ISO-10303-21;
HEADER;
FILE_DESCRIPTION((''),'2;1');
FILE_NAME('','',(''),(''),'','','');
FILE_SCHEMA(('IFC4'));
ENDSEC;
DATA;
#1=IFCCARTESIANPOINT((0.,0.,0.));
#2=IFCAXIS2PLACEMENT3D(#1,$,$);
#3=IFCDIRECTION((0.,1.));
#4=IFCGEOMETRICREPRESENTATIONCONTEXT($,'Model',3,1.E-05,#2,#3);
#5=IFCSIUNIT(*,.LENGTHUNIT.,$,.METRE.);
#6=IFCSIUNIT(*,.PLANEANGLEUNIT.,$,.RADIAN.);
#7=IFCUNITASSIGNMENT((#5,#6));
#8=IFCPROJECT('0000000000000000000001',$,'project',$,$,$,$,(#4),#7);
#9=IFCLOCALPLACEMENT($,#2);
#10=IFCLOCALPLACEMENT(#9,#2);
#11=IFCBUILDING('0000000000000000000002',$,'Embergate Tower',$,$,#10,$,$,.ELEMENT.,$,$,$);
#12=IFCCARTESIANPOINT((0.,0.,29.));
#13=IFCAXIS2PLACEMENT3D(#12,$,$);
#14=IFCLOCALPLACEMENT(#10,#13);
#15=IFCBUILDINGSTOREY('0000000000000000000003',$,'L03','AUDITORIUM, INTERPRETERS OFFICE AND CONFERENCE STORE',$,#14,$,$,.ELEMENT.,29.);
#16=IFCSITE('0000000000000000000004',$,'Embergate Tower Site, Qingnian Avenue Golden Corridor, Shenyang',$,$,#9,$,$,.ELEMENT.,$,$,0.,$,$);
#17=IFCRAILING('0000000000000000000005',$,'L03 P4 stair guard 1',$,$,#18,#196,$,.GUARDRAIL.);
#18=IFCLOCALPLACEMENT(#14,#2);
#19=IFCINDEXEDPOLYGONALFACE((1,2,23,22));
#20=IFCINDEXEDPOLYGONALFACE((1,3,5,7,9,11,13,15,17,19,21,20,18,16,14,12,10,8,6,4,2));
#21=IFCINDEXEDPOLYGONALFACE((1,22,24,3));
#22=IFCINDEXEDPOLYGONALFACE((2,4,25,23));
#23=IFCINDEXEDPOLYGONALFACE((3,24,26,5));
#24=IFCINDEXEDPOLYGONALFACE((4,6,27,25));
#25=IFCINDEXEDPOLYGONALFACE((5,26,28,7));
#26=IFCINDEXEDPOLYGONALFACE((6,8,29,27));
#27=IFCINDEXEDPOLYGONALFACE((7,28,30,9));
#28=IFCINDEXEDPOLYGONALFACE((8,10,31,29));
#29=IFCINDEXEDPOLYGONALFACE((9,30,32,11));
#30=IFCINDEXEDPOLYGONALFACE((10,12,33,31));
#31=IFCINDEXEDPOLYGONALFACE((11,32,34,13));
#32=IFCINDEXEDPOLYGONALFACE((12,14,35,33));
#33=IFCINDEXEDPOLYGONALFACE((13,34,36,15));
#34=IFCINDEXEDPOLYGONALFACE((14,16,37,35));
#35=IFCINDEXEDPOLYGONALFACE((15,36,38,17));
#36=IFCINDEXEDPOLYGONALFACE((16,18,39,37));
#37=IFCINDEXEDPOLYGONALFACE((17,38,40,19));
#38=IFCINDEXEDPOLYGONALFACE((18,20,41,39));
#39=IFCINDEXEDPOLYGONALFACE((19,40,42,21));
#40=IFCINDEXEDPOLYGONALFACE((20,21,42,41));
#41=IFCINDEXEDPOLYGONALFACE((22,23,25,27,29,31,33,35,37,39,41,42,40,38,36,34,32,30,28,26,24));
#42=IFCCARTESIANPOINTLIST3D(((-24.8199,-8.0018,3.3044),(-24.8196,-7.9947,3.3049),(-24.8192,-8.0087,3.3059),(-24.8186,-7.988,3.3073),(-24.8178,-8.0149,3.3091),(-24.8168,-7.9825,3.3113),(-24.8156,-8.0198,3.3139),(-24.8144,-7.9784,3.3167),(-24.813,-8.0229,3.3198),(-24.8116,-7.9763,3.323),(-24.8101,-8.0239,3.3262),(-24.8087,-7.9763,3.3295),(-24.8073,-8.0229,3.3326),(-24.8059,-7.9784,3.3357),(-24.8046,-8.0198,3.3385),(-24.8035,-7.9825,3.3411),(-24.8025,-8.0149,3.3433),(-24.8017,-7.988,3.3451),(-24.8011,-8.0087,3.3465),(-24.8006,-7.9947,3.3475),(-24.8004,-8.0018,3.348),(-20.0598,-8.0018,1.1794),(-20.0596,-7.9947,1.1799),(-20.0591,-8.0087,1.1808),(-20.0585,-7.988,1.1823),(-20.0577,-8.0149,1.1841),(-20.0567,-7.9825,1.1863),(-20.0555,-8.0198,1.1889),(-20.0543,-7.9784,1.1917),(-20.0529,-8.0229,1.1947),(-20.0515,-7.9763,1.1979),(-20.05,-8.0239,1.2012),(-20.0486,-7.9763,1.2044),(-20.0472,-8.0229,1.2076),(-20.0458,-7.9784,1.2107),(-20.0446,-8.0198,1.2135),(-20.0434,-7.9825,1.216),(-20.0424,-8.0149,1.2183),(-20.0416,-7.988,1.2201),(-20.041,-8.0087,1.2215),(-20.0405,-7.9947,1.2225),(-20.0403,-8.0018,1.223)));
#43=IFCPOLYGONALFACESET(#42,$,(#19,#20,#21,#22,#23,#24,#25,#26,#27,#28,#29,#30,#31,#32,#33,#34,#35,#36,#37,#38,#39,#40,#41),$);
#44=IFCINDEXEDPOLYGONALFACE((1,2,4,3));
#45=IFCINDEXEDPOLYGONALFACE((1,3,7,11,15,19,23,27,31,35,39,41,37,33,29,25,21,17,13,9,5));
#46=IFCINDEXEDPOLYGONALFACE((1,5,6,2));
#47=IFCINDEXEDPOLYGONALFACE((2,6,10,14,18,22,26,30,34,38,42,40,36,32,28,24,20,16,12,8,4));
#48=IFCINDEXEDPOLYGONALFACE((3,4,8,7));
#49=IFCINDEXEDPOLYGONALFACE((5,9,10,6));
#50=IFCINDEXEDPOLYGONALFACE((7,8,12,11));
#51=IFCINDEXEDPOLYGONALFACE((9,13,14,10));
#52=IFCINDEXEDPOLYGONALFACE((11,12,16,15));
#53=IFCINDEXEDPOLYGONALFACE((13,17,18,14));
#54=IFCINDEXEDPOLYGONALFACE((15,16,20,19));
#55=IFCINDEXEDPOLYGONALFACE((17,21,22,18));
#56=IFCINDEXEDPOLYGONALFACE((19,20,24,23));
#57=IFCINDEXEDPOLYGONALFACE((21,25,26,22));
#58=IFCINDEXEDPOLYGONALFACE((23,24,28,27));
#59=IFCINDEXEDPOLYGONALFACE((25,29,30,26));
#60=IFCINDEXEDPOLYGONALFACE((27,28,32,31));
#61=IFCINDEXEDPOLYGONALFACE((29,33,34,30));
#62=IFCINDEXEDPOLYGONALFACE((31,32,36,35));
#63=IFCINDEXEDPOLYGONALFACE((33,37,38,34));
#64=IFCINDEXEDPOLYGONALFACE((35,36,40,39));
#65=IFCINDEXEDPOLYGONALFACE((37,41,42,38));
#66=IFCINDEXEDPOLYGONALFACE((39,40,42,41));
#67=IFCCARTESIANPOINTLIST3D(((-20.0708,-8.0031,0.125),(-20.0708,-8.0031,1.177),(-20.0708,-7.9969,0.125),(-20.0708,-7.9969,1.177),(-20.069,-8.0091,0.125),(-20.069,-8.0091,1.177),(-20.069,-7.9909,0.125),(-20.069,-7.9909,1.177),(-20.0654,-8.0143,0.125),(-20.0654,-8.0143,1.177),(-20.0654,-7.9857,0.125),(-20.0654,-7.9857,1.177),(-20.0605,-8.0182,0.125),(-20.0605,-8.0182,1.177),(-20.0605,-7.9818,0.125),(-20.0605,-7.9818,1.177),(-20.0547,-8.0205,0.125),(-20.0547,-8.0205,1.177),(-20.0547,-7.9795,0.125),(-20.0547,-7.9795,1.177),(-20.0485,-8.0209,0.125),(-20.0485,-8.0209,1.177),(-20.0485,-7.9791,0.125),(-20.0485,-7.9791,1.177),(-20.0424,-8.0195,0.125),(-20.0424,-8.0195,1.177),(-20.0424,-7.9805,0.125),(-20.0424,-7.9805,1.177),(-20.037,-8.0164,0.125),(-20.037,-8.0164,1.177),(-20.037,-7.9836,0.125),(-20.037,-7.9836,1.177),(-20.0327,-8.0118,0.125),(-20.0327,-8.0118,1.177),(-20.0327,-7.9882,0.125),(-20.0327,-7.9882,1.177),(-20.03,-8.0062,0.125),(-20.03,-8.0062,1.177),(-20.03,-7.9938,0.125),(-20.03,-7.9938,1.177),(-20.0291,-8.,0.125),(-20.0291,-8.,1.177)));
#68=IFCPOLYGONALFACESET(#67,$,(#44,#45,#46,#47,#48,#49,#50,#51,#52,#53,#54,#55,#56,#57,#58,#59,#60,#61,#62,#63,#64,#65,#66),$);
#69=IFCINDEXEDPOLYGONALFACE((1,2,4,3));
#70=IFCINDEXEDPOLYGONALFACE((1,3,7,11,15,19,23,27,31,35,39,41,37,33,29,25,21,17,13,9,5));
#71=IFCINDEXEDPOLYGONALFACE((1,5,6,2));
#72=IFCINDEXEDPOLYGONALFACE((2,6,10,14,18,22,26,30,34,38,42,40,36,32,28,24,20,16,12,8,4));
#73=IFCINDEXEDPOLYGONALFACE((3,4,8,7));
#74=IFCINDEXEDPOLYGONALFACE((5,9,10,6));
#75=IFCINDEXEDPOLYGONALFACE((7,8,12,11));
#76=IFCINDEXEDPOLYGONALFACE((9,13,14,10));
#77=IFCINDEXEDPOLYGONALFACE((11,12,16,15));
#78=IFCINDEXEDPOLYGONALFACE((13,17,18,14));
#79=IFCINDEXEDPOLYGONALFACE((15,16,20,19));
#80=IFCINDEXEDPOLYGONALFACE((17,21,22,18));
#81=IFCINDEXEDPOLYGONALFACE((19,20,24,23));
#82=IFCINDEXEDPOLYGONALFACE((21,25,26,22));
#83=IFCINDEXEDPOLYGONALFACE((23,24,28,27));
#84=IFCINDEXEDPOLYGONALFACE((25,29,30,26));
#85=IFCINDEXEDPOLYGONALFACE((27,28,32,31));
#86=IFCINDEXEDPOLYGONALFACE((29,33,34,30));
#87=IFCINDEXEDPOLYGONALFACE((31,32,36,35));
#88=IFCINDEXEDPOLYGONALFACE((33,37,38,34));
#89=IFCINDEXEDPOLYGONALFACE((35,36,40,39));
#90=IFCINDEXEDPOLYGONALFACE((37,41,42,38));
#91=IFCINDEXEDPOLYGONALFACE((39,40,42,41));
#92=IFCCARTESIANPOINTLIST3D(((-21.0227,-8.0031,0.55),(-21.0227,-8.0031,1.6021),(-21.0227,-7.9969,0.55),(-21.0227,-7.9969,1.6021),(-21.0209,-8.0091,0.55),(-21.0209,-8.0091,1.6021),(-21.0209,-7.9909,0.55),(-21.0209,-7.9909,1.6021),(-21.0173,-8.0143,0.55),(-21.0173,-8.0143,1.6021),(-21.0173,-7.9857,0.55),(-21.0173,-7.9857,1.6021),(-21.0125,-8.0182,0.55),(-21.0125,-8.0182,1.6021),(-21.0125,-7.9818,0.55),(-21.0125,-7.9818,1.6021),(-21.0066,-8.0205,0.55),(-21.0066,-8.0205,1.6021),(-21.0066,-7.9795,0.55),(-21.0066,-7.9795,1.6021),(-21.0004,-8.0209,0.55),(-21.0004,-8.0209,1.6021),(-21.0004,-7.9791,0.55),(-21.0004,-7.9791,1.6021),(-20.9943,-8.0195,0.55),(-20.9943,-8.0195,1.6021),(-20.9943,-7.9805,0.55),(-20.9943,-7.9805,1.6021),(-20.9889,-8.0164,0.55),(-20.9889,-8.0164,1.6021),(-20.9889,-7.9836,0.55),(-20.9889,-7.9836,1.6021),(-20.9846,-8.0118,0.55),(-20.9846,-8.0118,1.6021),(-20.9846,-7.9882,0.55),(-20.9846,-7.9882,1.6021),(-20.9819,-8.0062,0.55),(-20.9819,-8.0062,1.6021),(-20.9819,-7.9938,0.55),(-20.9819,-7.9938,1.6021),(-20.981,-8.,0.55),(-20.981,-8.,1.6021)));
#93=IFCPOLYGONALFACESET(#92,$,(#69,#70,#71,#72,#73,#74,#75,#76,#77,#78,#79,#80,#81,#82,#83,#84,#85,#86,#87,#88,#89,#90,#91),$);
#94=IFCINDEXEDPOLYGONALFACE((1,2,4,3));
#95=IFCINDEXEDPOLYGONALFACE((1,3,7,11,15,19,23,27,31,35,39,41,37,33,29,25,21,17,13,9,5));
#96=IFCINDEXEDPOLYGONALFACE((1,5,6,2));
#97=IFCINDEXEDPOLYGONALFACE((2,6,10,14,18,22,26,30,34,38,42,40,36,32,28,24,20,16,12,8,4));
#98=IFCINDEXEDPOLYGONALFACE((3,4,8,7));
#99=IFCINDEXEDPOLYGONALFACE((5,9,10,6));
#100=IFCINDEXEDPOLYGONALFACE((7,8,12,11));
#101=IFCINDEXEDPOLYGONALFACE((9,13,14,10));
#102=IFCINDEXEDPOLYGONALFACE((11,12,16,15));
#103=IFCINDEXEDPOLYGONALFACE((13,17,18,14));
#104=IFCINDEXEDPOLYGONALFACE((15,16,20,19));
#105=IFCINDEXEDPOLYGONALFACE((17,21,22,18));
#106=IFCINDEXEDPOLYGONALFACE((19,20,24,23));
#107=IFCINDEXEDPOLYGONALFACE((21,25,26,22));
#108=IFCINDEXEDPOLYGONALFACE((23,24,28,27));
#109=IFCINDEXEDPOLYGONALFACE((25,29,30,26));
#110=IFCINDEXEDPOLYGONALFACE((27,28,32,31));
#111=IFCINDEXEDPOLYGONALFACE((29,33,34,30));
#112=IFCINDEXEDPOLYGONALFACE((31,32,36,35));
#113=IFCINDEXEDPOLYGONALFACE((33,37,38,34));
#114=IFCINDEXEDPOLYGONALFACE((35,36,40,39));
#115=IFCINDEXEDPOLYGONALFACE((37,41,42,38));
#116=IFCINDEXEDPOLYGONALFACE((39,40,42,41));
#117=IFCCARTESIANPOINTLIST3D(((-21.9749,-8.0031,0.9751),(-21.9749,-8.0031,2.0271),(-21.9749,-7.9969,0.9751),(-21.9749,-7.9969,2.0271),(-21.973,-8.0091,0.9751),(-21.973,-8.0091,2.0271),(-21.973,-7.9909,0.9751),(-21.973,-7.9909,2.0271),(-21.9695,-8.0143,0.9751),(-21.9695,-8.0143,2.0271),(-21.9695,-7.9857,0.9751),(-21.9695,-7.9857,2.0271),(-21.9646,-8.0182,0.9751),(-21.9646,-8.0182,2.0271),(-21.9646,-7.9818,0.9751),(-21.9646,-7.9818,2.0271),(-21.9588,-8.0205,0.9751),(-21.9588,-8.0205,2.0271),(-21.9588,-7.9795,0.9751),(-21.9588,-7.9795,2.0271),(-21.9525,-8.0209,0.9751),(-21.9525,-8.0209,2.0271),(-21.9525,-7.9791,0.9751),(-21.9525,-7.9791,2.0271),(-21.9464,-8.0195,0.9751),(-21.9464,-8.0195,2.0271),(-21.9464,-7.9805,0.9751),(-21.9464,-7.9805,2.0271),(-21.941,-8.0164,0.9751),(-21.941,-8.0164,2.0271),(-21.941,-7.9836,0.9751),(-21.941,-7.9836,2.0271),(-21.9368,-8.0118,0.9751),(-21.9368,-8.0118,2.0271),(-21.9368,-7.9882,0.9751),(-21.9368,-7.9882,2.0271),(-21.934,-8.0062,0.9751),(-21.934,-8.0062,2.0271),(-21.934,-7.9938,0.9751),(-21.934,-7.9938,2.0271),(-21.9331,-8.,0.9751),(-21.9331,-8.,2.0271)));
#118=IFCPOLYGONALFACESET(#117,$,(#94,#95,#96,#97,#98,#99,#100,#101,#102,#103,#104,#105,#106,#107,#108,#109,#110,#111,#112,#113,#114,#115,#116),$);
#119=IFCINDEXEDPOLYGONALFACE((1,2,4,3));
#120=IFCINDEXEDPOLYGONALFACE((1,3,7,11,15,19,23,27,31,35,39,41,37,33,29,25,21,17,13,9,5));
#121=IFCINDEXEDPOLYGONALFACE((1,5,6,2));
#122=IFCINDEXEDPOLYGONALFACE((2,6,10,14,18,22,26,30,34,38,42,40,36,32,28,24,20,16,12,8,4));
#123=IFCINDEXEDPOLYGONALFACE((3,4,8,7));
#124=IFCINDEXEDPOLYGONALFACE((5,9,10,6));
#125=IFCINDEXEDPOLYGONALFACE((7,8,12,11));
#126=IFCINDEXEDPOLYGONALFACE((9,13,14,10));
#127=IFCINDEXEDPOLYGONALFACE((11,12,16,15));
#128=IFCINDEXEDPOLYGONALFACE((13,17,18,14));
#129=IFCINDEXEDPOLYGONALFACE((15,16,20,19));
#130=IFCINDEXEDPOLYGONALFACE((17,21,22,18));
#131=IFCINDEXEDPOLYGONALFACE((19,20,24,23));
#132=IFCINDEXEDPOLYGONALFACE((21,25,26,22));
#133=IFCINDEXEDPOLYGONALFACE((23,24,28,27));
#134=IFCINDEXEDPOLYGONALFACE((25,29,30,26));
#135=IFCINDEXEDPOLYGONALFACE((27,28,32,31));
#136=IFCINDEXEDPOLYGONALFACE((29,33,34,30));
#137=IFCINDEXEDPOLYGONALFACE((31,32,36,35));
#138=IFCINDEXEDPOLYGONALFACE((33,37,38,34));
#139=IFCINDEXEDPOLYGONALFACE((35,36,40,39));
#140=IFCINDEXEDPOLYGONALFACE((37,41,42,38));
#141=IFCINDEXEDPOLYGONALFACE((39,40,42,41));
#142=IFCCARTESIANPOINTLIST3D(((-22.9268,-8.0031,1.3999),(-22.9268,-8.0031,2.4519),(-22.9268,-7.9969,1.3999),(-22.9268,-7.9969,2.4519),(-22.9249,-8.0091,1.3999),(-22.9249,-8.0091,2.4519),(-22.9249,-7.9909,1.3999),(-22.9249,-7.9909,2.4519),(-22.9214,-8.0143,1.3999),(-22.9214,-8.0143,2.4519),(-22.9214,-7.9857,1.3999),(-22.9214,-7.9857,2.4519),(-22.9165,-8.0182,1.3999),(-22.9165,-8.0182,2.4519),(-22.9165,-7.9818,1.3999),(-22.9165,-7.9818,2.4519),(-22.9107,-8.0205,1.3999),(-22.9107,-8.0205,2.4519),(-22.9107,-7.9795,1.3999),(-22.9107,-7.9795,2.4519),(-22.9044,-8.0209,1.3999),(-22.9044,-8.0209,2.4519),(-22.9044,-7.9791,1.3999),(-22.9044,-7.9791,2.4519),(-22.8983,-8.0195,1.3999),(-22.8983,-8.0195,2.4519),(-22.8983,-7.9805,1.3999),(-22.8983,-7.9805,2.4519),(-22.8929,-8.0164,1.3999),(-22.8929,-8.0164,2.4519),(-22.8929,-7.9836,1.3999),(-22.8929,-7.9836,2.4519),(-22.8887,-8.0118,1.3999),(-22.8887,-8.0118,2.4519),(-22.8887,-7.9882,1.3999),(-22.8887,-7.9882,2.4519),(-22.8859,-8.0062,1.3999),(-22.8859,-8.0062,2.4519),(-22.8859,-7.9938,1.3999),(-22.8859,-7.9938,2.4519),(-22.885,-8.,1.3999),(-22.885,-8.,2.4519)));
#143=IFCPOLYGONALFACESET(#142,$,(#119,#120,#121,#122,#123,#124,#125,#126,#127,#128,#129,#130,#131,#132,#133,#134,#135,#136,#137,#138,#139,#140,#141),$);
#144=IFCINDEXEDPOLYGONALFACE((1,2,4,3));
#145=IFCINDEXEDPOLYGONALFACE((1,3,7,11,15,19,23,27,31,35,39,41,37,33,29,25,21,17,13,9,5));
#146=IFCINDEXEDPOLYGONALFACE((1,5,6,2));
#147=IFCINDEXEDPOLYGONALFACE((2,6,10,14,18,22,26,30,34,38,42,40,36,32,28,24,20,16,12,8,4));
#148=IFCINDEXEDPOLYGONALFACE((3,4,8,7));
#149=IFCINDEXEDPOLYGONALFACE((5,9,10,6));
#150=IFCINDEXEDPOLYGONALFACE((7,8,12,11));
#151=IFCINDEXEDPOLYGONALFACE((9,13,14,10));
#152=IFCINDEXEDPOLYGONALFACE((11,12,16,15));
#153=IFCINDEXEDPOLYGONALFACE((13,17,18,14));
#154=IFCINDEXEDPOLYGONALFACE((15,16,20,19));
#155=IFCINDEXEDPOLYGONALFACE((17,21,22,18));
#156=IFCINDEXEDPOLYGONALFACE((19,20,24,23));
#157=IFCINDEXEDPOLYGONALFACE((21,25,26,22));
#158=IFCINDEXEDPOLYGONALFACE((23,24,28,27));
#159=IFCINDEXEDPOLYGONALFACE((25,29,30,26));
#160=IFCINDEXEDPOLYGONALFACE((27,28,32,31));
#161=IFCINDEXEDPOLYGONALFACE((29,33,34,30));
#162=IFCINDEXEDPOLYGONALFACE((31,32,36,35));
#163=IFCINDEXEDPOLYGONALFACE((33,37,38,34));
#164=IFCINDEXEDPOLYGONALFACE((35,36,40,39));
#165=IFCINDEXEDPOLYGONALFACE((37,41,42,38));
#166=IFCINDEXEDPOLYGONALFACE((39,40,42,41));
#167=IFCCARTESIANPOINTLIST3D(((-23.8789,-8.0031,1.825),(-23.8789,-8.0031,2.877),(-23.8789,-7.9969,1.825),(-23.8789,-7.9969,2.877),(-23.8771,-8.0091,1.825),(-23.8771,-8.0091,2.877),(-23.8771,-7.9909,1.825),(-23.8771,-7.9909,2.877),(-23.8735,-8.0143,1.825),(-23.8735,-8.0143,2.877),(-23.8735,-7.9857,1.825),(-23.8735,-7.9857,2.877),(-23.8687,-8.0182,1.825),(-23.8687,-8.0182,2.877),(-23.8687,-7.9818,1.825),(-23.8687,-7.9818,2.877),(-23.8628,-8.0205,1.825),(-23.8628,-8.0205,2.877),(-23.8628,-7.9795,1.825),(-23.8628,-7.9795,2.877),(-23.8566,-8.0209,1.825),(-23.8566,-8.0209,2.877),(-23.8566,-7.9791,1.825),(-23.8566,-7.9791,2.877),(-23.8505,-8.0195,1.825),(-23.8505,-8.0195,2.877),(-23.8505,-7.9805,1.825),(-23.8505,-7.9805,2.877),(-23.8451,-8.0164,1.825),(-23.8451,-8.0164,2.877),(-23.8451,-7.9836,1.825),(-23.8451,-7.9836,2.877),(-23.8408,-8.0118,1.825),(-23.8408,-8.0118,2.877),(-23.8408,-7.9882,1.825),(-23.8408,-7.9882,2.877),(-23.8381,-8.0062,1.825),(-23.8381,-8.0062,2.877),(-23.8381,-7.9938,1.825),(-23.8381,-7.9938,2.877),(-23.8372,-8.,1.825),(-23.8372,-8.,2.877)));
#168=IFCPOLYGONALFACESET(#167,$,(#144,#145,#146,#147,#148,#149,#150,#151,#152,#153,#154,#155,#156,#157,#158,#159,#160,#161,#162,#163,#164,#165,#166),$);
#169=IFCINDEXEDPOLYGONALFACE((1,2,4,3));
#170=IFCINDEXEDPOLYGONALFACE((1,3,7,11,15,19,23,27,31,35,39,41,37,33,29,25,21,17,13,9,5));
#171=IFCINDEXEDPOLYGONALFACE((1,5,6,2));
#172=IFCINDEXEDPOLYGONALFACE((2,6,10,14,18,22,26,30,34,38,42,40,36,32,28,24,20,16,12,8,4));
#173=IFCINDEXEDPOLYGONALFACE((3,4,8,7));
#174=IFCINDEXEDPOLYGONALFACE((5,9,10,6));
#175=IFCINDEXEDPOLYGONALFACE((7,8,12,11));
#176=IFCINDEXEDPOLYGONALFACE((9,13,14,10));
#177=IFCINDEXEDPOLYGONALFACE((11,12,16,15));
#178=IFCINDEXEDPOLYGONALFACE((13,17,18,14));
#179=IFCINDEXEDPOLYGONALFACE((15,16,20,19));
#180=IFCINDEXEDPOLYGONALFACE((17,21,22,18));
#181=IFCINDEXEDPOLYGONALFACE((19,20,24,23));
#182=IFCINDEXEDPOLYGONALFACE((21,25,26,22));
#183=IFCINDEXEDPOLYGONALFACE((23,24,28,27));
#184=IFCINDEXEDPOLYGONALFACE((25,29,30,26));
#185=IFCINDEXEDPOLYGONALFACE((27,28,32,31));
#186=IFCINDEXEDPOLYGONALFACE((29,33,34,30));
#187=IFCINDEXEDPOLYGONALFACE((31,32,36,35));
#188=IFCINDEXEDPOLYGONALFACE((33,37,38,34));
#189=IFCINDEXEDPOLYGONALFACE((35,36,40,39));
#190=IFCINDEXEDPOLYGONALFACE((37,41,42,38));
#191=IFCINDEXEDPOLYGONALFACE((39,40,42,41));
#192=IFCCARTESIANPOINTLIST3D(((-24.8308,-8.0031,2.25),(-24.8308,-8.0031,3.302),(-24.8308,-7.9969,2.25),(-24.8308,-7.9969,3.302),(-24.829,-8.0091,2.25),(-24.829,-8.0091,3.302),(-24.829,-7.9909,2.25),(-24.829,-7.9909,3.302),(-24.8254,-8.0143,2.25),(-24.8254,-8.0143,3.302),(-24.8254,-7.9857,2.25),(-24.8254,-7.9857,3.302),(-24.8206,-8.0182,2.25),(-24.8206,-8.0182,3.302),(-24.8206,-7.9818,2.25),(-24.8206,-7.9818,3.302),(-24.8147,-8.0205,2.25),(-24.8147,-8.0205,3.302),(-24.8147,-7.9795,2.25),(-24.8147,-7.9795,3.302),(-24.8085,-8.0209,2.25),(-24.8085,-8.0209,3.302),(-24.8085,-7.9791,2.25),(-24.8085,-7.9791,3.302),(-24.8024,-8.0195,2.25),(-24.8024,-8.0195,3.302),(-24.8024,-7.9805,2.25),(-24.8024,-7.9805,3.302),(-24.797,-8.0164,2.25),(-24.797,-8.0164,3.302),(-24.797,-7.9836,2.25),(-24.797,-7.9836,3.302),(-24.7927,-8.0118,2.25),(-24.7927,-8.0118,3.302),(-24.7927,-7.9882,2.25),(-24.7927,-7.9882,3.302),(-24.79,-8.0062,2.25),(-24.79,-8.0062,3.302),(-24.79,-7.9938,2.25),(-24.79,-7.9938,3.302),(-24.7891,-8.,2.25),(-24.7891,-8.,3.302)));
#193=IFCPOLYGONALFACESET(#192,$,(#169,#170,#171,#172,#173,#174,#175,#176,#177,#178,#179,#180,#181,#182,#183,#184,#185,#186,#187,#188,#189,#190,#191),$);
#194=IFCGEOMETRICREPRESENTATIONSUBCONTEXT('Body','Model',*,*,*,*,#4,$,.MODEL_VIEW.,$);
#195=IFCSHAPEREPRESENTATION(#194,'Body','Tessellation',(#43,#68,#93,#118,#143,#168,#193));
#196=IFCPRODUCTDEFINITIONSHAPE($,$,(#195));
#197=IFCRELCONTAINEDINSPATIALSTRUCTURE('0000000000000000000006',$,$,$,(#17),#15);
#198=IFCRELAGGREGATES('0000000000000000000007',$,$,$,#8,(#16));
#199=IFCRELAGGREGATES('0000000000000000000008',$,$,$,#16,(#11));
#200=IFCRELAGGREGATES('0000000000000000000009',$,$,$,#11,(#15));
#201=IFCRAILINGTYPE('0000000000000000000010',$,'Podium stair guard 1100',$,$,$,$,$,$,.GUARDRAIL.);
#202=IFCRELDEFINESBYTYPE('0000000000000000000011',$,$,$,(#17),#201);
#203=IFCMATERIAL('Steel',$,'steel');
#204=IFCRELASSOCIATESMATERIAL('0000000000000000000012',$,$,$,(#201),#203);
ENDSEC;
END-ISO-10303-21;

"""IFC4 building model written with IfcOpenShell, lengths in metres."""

from ifc_helpers import new_model, si_unit, direction, frame, origin, origin_2d, place, context, subcontext, project, spatial, circle, extrude, source, transform, mapped, material, type_object, element, save


model = new_model("IFC4")

# Units and contexts
model_context = context("Model", 3, precision=1e-05, world=origin(), true_north=direction((0.0, 1.0)))
body_context = subcontext(model_context, "Body", "Model", "MODEL_VIEW")
ifc_project = project(units=[si_unit("LENGTHUNIT", "METRE"), si_unit("PLANEANGLEUNIT", "RADIAN")], contexts=[model_context])

# Site, building, storey
site_placement = place(None, origin())
site = spatial("IfcSite", under=ifc_project, at=site_placement, Name="Embergate Tower Site, Qingnian Avenue Golden Corridor, Shenyang", CompositionType="ELEMENT", RefElevation=0.0)
building_placement = place(site_placement, origin())
building = spatial("IfcBuilding", under=site, at=building_placement, Name="Embergate Tower", CompositionType="ELEMENT")
storey_placement = place(building_placement, frame((0.0, 0.0, 29.0)))
storey = spatial("IfcBuildingStorey", under=building, at=storey_placement, Name="L03", Description="AUDITORIUM, INTERPRETERS OFFICE AND CONFERENCE STORE", CompositionType="ELEMENT", Elevation=29.0)

# Railing
ifc_material_1 = material(Name="Steel", Category="steel")
railing_type_1 = type_object("IfcRailingType", Name="Podium stair guard 1100", PredefinedType="GUARDRAIL", material=ifc_material_1)
shared_shape_1 = source(origin(), body_context, "Body", "SweptSolid", [
    extrude(circle(Radius=0.0239, at=origin_2d()), frame((0.0, 0.0, 1.0762), z_axis=(-0.913138, 0.0, 0.40765), x_axis=(0.0, -1.0, 0.0)), (0.0, 0.0, 1.0), 5.2129),
    extrude(circle(Radius=0.021, at=origin_2d()), origin(), (0.0, 0.0, 1.0), 1.052),
    extrude(circle(Radius=0.021, at=origin_2d()), frame((-0.9519, 0.0, 0.425)), (0.0, 0.0, 1.0), 1.052),
    extrude(circle(Radius=0.021, at=origin_2d()), frame((-1.9041, 0.0, 0.8501)), (0.0, 0.0, 1.0), 1.052),
    extrude(circle(Radius=0.021, at=origin_2d()), frame((-2.856, 0.0, 1.2749)), (0.0, 0.0, 1.0), 1.052),
    extrude(circle(Radius=0.021, at=origin_2d()), frame((-3.8081, 0.0, 1.7)), (0.0, 0.0, 1.0), 1.052),
    extrude(circle(Radius=0.021, at=origin_2d()), frame((-4.76, 0.0, 2.125)), (0.0, 0.0, 1.0), 1.052),
])
railing_1_placement = place(storey_placement, frame((-20.05, -8.0, 0.125)))
element("IfcRailing", 1, at=railing_1_placement, inside=storey, type_object=railing_type_1, Name="L03 P4 stair guard 1", PredefinedType="GUARDRAIL", context=body_context, shape_type="MappedRepresentation", body=[
    mapped(shared_shape_1, transform((0.0, 0.0, 0.0))),
])

save(model, "model.ifc")
